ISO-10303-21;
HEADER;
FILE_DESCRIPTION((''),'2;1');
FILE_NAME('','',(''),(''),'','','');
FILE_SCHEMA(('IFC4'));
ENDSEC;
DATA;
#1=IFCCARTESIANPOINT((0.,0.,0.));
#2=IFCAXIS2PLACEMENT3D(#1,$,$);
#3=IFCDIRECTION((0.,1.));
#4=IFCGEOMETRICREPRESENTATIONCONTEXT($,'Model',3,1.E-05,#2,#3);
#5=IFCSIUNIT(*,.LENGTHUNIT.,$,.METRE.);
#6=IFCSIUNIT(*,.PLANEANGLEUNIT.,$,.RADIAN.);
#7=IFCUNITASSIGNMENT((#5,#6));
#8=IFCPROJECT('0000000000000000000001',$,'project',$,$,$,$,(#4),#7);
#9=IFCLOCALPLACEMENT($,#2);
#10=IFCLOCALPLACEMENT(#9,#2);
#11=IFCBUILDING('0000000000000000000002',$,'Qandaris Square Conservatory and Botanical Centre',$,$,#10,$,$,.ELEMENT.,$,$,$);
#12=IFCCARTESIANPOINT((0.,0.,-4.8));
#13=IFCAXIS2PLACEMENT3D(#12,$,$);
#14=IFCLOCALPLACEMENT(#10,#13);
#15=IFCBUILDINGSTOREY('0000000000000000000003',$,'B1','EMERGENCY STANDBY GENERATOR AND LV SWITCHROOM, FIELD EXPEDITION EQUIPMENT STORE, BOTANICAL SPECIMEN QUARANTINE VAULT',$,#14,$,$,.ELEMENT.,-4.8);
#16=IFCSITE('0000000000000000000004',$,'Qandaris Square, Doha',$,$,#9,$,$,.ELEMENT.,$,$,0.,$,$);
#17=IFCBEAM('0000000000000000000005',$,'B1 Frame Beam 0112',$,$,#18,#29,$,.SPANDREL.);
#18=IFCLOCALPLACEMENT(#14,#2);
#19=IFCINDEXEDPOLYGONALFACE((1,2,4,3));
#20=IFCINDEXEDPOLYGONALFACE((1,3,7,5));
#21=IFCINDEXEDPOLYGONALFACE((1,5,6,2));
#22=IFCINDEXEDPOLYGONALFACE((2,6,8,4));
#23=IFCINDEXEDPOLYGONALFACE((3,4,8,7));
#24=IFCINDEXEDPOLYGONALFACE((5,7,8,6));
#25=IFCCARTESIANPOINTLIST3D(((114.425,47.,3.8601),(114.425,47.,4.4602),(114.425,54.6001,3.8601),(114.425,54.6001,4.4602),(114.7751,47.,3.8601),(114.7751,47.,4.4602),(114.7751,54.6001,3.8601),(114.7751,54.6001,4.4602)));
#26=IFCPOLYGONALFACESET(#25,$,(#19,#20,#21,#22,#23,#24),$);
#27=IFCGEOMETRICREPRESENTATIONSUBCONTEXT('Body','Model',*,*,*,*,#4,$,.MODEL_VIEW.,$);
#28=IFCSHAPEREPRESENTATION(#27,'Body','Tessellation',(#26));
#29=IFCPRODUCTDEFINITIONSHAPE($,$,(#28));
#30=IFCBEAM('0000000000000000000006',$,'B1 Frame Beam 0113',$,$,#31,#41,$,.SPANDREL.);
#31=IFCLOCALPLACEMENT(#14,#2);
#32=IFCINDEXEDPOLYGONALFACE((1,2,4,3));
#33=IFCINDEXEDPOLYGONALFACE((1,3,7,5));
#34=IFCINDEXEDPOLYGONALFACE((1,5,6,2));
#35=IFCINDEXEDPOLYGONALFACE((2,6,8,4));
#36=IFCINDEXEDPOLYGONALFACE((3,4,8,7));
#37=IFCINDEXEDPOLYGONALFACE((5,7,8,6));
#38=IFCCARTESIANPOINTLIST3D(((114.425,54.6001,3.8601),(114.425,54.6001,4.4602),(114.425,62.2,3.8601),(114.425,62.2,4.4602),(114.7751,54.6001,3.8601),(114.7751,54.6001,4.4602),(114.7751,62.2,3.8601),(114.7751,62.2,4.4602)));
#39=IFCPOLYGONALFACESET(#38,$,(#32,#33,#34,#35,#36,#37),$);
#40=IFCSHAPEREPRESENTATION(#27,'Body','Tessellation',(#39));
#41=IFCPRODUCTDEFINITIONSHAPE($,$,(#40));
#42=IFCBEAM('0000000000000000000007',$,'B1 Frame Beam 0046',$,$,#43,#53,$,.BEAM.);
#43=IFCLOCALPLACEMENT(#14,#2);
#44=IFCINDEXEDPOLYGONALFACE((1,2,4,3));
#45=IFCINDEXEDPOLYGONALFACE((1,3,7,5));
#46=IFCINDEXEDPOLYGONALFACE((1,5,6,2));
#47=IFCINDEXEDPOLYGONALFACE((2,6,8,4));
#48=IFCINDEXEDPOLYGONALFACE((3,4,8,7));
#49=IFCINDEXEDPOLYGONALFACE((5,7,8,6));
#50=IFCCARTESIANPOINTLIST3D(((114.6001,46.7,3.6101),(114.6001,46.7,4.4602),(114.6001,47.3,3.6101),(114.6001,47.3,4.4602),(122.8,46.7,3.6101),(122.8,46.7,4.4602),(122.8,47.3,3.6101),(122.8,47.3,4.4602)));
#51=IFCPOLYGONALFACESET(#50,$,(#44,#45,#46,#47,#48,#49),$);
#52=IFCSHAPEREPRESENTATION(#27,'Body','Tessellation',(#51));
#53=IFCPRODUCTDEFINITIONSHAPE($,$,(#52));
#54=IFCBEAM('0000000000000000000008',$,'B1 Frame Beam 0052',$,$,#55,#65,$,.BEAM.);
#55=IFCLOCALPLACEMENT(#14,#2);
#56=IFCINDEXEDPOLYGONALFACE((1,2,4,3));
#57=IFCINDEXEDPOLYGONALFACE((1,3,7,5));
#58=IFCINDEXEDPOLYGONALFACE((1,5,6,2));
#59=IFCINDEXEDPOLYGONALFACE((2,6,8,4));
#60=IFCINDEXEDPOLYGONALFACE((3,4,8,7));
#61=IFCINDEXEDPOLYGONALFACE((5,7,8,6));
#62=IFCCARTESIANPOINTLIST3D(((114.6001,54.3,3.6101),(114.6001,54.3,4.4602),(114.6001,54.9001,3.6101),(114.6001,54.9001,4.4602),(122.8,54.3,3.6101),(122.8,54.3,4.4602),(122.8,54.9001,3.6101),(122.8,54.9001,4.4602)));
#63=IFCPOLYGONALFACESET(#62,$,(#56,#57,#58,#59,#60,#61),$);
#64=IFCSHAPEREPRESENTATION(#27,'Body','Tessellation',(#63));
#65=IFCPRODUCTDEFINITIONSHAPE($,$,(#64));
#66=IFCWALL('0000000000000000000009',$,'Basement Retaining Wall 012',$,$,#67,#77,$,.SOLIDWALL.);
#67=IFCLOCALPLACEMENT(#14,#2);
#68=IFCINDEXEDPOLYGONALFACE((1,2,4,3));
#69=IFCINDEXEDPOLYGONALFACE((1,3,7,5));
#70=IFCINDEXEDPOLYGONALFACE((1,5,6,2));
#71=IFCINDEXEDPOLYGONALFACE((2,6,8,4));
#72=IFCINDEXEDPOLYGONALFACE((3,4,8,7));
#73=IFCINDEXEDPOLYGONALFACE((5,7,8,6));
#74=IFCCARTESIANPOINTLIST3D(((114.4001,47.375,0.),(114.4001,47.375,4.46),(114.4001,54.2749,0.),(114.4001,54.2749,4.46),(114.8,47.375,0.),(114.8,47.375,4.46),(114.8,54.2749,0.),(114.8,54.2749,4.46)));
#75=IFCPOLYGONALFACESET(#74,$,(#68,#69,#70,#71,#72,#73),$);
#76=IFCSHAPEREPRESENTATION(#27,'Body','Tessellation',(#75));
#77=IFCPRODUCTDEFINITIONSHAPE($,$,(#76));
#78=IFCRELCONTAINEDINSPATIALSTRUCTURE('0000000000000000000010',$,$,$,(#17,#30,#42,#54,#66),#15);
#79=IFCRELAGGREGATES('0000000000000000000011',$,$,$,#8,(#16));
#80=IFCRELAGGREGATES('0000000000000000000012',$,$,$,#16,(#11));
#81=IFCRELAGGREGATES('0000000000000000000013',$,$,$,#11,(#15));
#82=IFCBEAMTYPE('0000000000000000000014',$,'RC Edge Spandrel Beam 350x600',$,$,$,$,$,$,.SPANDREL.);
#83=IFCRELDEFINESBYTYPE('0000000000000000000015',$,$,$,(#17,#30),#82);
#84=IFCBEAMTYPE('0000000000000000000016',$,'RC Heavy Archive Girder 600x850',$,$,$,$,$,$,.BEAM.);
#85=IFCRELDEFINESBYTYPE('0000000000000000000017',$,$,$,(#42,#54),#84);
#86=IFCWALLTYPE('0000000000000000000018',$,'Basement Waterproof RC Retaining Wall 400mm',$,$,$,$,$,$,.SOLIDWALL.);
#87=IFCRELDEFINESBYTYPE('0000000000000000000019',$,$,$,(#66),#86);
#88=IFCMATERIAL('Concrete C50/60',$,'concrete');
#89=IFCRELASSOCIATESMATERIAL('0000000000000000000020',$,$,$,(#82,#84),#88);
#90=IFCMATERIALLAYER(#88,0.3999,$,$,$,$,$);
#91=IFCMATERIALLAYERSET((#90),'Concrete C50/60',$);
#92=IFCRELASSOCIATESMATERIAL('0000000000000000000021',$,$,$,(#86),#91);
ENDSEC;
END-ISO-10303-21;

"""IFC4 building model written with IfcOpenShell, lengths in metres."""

from ifc_helpers import new_model, si_unit, direction, frame, frame_2d, origin, origin_2d, place, context, subcontext, project, spatial, rectangle, extrude, material, layer, layer_set, material_profile, profile_set, type_object, element, save


model = new_model("IFC4")

# Units and contexts
model_context = context("Model", 3, precision=1e-05, world=origin(), true_north=direction((0.0, 1.0)))
body_context = subcontext(model_context, "Body", "Model", "MODEL_VIEW")
ifc_project = project(units=[si_unit("LENGTHUNIT", "METRE"), si_unit("PLANEANGLEUNIT", "RADIAN")], contexts=[model_context])

# Site, building, storey
site_placement = place(None, origin())
site = spatial("IfcSite", under=ifc_project, at=site_placement, Name="Qandaris Square, Doha", CompositionType="ELEMENT", RefElevation=0.0)
building_placement = place(site_placement, origin())
building = spatial("IfcBuilding", under=site, at=building_placement, Name="Qandaris Square Conservatory and Botanical Centre", CompositionType="ELEMENT")
storey_placement = place(building_placement, frame((0.0, 0.0, -4.8)))
storey = spatial("IfcBuildingStorey", under=building, at=storey_placement, Name="B1", Description="EMERGENCY STANDBY GENERATOR AND LV SWITCHROOM, FIELD EXPEDITION EQUIPMENT STORE, BOTANICAL SPECIMEN QUARANTINE VAULT", CompositionType="ELEMENT", Elevation=-4.8)

# Shared definitions
ifc_material_1 = material(Name="Concrete C50/60", Category="concrete")

# Beams
ifc_material_profile_1 = material_profile(ifc_material_1, rectangle(XDim=0.3501, YDim=0.6001, at=origin_2d()), Name="RC-SP 350x600")
ifc_profile_set_1 = profile_set([ifc_material_profile_1], Name="Concrete C50/60")
beam_type_1 = type_object("IfcBeamType", Name="RC Edge Spandrel Beam 350x600", PredefinedType="SPANDREL", material=ifc_profile_set_1)
beam_1_placement = place(storey_placement, frame((114.6001, 47.0, 4.1602), z_axis=(0.0, 1.0, 0.0), x_axis=(-1.0, 0.0, 0.0)))
element("IfcBeam", 1, at=beam_1_placement, inside=storey, type_object=beam_type_1, Name="B1 Frame Beam 0112", PredefinedType="SPANDREL", context=body_context, shape_type="SweptSolid", body=[
    extrude(rectangle(XDim=0.3501, YDim=0.6001, at=origin_2d()), origin(), (0.0, 0.0, 1.0), 7.6001),
])
beam_2_placement = place(storey_placement, frame((114.6001, 54.6001, 4.1602), z_axis=(0.0, 1.0, 0.0), x_axis=(-1.0, 0.0, 0.0)))
element("IfcBeam", 2, at=beam_2_placement, inside=storey, type_object=beam_type_1, Name="B1 Frame Beam 0113", PredefinedType="SPANDREL", context=body_context, shape_type="SweptSolid", body=[
    extrude(rectangle(XDim=0.3501, YDim=0.6001, at=origin_2d()), origin(), (0.0, 0.0, 1.0), 7.5999),
])
ifc_material_profile_2 = material_profile(ifc_material_1, rectangle(XDim=0.6001, YDim=0.8501, at=origin_2d()), Name="RC-BM 600x850")
ifc_profile_set_2 = profile_set([ifc_material_profile_2], Name="Concrete C50/60")
beam_type_2 = type_object("IfcBeamType", Name="RC Heavy Archive Girder 600x850", PredefinedType="BEAM", material=ifc_profile_set_2)
for number, where, z_axis, x_axis, name in (
    (3, (114.6001, 47.0, 4.0352), (1.0, 0.0, 0.0), (0.0, 1.0, 0.0), "B1 Frame Beam 0046"),
    (4, (114.6001, 54.6001, 4.0352), (1.0, 0.0, 0.0), (0.0, 1.0, 0.0), "B1 Frame Beam 0052"),
):
    element("IfcBeam", number, at=place(storey_placement, frame(where, z_axis=z_axis, x_axis=x_axis)), inside=storey, type_object=beam_type_2, Name=name, PredefinedType="BEAM", context=body_context, shape_type="SweptSolid", body=[
        extrude(rectangle(XDim=0.6001, YDim=0.8501, at=origin_2d()), origin(), (0.0, 0.0, 1.0), 8.2),
    ])

# Wall
ifc_layer = layer(ifc_material_1, 0.3999)
ifc_layer_set = layer_set([ifc_layer], Name="Concrete C50/60")
wall_type = type_object("IfcWallType", Name="Basement Waterproof RC Retaining Wall 400mm", PredefinedType="SOLIDWALL", material=ifc_layer_set)
wall_placement = place(storey_placement, frame((114.6001, 47.375, 0.0), z_axis=(0.0, 0.0, 1.0), x_axis=(0.0, 1.0, 0.0)))
element("IfcWall", 5, at=wall_placement, inside=storey, type_object=wall_type, Name="Basement Retaining Wall 012", PredefinedType="SOLIDWALL", context=body_context, shape_type="SweptSolid", body=[
    extrude(rectangle(XDim=6.8999, YDim=0.3999, at=frame_2d((3.45, 0.0))), origin(), (0.0, 0.0, 1.0), 4.46),
])

save(model, "model.ifc")
